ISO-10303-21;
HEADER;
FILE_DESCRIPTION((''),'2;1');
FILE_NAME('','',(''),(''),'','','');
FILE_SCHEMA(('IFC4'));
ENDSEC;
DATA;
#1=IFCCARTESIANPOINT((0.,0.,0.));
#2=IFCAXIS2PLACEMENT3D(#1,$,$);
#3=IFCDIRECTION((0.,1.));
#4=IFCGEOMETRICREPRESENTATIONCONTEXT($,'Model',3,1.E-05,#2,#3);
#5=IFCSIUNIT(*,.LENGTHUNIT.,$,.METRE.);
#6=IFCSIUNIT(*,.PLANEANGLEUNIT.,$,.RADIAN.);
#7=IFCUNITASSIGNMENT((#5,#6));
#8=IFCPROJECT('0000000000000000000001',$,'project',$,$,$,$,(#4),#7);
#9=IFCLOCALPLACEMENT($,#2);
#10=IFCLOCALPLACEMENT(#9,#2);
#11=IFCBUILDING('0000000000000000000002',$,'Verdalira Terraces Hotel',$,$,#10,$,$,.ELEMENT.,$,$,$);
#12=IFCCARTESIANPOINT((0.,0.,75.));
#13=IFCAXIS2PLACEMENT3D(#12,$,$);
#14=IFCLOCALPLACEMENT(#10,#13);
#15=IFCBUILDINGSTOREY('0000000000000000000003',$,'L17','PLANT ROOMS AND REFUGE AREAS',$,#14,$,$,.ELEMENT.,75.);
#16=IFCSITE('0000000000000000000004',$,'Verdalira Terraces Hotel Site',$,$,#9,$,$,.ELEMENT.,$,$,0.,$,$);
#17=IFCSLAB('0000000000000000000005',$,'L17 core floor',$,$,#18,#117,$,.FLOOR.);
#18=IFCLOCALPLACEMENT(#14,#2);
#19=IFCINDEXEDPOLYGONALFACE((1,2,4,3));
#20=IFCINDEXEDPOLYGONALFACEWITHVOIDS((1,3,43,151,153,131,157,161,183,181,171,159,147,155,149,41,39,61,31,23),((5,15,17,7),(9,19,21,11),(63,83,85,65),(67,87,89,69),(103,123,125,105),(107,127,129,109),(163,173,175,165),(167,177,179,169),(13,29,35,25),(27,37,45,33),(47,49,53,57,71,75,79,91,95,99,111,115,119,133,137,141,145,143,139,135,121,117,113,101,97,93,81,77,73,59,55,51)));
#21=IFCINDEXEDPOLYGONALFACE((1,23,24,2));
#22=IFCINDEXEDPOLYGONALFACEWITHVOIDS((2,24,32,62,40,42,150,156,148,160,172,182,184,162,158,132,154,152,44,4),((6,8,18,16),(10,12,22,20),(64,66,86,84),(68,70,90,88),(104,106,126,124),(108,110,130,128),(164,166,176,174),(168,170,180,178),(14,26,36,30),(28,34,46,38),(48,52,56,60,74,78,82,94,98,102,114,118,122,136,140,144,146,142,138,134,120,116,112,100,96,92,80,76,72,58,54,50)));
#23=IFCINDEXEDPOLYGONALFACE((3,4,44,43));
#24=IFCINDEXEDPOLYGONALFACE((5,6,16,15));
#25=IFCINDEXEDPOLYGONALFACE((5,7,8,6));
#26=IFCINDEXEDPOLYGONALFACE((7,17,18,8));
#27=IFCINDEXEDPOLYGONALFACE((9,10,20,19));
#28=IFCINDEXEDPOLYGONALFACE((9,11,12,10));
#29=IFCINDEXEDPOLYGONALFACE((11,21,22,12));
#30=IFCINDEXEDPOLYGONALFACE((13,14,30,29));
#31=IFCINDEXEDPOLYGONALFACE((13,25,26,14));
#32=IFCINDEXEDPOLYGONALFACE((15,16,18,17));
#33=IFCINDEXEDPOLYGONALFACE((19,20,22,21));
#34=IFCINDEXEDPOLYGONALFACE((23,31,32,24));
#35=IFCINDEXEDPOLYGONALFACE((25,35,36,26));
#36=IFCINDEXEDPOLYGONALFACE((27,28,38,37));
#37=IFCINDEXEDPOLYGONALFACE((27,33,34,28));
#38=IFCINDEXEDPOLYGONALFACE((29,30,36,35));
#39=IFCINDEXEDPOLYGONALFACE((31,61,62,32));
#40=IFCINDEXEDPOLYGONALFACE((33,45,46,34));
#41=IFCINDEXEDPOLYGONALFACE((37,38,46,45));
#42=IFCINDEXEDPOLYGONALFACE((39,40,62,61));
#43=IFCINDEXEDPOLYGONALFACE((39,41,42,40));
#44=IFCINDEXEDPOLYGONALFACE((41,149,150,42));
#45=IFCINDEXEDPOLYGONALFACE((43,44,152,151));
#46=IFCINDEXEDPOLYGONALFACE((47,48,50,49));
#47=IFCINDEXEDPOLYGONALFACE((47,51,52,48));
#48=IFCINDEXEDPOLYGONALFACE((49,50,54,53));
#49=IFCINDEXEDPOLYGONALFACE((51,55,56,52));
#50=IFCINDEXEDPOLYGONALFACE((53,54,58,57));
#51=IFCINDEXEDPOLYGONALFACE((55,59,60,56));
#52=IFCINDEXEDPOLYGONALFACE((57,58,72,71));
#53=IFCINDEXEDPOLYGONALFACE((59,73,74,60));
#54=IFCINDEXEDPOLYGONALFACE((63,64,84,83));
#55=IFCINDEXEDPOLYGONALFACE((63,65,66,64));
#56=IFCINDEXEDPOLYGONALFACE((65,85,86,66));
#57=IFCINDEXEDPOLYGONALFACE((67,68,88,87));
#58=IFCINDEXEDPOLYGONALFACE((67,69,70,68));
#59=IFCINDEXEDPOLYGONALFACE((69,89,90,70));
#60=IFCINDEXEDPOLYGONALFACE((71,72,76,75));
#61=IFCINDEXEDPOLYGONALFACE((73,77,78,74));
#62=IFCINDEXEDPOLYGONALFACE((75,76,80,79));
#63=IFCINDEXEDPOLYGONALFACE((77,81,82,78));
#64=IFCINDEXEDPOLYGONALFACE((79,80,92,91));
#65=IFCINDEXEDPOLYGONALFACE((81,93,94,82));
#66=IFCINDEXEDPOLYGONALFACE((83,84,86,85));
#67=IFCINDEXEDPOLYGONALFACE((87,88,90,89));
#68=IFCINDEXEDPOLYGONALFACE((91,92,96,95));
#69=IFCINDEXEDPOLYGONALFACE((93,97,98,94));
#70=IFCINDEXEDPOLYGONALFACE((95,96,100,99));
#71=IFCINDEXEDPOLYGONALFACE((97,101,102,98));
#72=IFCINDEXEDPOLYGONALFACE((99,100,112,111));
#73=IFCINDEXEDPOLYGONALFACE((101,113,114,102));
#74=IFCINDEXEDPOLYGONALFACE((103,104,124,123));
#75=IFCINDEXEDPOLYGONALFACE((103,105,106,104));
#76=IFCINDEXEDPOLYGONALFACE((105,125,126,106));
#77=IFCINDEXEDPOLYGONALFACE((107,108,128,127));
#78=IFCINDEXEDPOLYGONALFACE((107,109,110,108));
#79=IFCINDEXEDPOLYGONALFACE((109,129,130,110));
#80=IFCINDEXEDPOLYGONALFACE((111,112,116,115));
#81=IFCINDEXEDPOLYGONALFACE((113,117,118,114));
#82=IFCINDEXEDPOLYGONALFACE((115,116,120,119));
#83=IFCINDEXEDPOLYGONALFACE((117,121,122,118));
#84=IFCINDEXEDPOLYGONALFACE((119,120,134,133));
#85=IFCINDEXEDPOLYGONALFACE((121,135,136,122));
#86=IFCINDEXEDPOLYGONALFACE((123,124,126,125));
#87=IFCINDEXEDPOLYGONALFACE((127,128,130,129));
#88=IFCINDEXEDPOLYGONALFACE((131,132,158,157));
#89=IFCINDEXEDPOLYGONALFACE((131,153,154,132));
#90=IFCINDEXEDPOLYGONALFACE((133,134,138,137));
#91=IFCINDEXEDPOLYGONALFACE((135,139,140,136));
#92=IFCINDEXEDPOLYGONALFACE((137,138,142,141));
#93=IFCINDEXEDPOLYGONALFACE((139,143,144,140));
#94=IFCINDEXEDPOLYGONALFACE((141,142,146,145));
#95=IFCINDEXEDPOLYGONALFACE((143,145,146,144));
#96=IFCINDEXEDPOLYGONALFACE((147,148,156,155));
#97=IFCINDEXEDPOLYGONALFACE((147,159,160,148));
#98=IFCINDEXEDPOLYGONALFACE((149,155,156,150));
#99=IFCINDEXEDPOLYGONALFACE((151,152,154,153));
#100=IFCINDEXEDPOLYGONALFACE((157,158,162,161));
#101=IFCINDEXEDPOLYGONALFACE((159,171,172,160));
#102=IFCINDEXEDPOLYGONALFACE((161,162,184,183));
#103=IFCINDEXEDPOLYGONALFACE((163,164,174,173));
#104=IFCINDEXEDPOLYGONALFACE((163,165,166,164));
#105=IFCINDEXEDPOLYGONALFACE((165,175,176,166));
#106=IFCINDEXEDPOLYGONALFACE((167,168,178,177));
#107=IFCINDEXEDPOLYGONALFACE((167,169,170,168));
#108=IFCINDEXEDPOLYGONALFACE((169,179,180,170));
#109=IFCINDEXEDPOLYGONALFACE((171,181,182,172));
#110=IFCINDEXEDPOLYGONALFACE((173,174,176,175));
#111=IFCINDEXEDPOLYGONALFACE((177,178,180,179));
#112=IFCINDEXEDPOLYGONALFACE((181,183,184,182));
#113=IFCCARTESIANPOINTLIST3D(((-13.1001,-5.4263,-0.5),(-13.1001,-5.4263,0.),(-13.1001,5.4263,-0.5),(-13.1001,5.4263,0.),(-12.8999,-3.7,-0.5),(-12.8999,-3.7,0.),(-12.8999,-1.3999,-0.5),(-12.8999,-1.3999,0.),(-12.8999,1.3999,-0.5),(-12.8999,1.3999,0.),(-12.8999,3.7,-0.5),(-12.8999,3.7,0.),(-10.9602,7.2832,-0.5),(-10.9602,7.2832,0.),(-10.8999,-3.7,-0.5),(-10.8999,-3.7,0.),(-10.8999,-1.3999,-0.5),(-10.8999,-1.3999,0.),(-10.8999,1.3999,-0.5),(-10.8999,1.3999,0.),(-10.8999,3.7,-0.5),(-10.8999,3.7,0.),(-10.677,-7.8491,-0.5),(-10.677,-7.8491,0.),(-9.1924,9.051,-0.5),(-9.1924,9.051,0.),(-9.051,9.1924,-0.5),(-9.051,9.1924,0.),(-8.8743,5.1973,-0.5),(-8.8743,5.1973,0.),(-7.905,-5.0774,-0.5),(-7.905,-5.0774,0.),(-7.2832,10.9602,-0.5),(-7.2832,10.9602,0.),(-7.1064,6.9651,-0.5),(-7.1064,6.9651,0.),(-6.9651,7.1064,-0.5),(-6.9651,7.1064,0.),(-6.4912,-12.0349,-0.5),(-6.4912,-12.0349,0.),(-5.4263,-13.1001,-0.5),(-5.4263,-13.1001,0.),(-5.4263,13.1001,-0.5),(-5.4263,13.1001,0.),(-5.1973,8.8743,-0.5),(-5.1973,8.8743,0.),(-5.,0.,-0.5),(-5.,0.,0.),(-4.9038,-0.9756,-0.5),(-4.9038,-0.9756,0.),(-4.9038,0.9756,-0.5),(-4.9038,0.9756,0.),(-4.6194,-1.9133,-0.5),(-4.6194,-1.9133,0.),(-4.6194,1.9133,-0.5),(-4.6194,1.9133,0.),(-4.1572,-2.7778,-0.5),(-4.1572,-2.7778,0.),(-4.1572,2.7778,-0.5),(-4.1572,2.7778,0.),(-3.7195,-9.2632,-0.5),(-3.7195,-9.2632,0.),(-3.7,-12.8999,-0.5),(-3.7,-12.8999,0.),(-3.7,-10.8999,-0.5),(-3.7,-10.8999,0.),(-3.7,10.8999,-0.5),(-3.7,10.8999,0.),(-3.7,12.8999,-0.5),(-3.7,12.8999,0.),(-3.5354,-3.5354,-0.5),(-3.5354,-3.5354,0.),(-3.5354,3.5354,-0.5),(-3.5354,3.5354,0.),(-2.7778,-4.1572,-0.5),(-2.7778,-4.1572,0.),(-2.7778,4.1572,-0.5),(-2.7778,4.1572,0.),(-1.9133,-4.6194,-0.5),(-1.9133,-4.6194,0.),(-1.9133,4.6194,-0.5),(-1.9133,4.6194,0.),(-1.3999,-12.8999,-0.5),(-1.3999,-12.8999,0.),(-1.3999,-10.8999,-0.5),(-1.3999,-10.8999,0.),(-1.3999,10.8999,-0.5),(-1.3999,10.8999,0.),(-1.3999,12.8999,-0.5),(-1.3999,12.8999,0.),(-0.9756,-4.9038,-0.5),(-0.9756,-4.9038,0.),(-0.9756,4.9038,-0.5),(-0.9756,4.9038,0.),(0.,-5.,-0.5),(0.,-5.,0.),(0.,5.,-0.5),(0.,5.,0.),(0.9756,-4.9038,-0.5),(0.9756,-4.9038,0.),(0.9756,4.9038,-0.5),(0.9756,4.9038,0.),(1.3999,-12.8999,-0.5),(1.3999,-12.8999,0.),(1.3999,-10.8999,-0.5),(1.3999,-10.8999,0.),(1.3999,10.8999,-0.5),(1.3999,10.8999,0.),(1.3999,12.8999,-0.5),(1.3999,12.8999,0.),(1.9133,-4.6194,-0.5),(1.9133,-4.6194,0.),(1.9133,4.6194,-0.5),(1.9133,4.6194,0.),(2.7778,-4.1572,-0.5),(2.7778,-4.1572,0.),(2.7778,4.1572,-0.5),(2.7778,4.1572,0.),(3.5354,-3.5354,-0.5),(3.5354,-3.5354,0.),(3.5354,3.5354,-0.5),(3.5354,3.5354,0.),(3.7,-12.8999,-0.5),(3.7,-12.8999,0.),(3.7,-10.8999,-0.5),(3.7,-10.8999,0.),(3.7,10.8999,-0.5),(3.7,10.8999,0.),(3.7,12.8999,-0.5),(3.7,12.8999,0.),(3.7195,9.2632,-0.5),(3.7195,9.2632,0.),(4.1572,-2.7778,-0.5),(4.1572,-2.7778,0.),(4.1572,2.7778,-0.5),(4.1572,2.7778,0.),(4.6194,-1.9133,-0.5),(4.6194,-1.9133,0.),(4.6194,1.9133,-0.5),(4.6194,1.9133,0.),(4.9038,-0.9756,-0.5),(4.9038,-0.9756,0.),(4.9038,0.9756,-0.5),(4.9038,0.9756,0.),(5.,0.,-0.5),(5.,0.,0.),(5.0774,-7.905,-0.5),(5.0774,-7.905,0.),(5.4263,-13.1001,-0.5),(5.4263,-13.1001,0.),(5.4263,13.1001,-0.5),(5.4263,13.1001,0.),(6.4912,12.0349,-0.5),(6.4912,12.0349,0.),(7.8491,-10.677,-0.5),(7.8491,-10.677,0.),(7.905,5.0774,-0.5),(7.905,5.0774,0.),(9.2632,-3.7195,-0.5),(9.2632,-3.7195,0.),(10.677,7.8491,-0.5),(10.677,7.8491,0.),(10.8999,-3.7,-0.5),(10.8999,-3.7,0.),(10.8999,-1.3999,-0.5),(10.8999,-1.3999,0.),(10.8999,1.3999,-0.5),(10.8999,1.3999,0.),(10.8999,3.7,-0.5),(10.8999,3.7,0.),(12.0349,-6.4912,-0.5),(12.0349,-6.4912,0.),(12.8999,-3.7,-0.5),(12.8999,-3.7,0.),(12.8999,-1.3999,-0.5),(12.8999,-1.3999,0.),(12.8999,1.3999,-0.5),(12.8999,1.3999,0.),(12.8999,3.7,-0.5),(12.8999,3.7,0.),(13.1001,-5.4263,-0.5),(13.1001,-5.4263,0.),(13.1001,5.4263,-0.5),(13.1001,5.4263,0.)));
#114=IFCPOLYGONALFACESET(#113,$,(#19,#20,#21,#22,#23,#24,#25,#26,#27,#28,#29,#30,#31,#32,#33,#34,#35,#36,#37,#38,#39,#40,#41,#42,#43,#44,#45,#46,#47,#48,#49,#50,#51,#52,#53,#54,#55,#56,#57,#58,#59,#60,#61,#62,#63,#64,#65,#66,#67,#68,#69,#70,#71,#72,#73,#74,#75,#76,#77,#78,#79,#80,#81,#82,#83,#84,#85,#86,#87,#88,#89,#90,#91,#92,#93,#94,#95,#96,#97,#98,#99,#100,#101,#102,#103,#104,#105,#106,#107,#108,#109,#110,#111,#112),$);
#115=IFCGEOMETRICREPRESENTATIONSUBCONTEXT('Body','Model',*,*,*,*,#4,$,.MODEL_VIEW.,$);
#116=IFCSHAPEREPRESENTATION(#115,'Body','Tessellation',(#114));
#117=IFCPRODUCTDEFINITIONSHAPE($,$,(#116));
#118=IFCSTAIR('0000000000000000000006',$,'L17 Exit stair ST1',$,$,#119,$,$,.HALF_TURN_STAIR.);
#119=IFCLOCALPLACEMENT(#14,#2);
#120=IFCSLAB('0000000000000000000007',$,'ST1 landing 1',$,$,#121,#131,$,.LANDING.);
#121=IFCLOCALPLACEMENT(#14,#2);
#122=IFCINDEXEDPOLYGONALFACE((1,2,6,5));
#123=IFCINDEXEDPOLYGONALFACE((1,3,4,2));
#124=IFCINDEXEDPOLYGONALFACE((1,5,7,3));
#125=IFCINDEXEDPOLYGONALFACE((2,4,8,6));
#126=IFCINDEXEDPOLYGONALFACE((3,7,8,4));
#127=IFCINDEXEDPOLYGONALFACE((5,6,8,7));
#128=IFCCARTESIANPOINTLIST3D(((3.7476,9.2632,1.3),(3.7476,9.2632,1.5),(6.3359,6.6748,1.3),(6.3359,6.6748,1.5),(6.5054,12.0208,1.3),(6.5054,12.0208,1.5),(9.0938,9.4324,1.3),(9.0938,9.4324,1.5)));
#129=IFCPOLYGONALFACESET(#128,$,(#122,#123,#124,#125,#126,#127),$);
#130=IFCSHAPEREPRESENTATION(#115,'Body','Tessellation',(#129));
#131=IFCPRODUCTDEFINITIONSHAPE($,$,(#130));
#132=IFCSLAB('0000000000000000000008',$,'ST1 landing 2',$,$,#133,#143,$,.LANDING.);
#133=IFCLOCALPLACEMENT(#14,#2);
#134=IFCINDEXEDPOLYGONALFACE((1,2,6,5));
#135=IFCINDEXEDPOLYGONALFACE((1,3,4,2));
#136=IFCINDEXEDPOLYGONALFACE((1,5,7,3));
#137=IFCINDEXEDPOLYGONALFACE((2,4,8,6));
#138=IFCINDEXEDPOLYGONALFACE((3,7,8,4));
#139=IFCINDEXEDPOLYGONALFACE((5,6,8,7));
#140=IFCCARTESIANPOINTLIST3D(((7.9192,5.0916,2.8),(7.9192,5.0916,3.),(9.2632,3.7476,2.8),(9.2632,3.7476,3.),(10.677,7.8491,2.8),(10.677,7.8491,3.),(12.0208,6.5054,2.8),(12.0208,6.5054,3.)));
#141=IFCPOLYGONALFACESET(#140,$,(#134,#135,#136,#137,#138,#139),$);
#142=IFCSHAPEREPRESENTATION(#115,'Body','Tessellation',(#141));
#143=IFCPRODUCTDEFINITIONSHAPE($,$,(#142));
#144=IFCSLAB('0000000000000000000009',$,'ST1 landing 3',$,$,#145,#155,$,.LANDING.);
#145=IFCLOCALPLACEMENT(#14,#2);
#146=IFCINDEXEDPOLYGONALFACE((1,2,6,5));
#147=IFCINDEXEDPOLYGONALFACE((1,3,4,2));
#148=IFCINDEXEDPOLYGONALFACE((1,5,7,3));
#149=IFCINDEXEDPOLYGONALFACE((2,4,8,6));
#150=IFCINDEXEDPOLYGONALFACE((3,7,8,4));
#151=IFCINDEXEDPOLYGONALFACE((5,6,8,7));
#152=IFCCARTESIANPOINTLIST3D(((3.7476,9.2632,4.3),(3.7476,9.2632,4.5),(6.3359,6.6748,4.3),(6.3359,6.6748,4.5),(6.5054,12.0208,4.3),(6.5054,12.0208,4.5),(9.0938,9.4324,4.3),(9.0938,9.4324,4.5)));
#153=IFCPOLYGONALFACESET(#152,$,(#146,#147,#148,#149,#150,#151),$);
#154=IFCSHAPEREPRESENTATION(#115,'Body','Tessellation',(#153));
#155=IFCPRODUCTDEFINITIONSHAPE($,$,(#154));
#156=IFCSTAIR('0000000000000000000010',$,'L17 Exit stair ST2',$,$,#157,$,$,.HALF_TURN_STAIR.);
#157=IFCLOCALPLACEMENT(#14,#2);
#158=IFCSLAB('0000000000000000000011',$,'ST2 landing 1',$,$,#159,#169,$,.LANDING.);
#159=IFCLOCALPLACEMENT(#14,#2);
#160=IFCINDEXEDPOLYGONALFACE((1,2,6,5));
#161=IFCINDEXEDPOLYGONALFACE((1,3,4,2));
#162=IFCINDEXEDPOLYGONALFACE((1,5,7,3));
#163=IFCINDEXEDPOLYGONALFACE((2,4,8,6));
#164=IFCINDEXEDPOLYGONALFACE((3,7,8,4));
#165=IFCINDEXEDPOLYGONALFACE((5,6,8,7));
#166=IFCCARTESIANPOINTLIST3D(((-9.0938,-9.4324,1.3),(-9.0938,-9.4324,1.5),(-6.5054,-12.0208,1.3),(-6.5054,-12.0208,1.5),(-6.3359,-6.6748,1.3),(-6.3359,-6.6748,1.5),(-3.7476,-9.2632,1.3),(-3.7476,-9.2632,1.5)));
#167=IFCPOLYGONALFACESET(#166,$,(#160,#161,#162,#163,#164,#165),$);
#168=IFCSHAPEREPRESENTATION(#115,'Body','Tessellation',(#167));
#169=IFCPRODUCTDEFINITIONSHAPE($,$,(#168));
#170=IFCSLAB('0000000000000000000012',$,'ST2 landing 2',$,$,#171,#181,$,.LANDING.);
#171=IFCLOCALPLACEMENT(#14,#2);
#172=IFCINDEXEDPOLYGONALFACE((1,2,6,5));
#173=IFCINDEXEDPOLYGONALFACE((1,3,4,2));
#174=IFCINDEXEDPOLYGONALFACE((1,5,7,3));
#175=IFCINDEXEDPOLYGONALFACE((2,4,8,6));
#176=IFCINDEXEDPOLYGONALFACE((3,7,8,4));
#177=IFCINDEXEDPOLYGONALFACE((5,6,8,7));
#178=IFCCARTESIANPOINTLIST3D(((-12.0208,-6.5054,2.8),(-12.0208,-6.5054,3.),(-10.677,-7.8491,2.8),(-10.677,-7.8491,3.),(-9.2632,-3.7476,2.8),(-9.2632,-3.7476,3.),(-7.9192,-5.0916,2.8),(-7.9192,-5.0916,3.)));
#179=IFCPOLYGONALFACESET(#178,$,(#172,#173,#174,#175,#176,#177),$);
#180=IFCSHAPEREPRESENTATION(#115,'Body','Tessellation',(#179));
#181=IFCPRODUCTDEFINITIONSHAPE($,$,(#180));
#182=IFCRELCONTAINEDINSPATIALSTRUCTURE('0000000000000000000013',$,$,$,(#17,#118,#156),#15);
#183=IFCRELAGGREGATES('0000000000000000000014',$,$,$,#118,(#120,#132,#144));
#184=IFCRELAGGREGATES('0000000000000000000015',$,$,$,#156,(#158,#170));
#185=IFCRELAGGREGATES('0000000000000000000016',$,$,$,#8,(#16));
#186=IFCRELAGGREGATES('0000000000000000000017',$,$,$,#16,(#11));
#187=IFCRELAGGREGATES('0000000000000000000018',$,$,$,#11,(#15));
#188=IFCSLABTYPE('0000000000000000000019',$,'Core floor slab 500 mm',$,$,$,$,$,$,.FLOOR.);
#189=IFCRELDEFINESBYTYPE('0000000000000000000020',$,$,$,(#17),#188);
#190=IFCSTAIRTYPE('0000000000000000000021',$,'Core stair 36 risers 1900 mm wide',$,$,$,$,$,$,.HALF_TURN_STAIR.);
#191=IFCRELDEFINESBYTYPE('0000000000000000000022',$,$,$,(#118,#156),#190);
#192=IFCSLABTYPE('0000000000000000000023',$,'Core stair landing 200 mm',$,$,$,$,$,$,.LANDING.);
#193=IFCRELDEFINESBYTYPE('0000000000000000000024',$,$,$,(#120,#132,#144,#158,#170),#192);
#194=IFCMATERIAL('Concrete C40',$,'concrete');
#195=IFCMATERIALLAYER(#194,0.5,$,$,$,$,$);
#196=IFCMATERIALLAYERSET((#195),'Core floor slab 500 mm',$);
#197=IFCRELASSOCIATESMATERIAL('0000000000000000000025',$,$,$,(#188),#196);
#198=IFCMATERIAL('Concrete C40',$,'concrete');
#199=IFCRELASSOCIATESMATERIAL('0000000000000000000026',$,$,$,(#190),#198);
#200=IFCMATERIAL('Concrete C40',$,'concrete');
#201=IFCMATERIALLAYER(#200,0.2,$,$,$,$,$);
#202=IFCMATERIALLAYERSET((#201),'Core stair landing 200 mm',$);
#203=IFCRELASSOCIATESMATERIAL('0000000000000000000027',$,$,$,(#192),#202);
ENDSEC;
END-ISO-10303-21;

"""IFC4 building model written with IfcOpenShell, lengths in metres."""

from ifc_helpers import new_model, si_unit, direction, frame, origin, place, context, subcontext, project, spatial, polyline, outline, extrude, material, layer, layer_set, type_object, element, aggregate, save


model = new_model("IFC4")

# Units and contexts
model_context = context("Model", 3, precision=1e-05, world=origin(), true_north=direction((0.0, 1.0)))
body_context = subcontext(model_context, "Body", "Model", "MODEL_VIEW")
ifc_project = project(units=[si_unit("LENGTHUNIT", "METRE"), si_unit("PLANEANGLEUNIT", "RADIAN")], contexts=[model_context])

# Site, building, storey
site_placement = place(None, origin())
site = spatial("IfcSite", under=ifc_project, at=site_placement, Name="Verdalira Terraces Hotel Site", CompositionType="ELEMENT", RefElevation=0.0)
building_placement = place(site_placement, origin())
building = spatial("IfcBuilding", under=site, at=building_placement, Name="Verdalira Terraces Hotel", CompositionType="ELEMENT")
storey_placement = place(building_placement, frame((0.0, 0.0, 75.0)))
storey = spatial("IfcBuildingStorey", under=building, at=storey_placement, Name="L17", Description="PLANT ROOMS AND REFUGE AREAS", CompositionType="ELEMENT", Elevation=75.0)

# Slab
ifc_material_1 = material(Name="Concrete C40", Category="concrete")
ifc_layer_1 = layer(ifc_material_1, 0.5)
ifc_layer_set_1 = layer_set([ifc_layer_1], Name="Core floor slab 500 mm")
slab_type_1 = type_object("IfcSlabType", Name="Core floor slab 500 mm", PredefinedType="FLOOR", material=ifc_layer_set_1)
slab_1_placement = place(storey_placement, frame((0.0, 0.0, -0.5)))
element("IfcSlab", 1, at=slab_1_placement, inside=storey, type_object=slab_type_1, Name="L17 core floor", PredefinedType="FLOOR", context=body_context, shape_type="SweptSolid", body=[
    extrude(outline(polyline([(-5.4263, 13.1001), (5.4263, 13.1001), (6.4912, 12.0349), (3.7195, 9.2632), (7.905, 5.0774), (10.677, 7.8491), (13.1001, 5.4263), (13.1001, -5.4263), (12.0349, -6.4912), (9.2632, -3.7195), (5.0774, -7.905), (7.8491, -10.677), (5.4263, -13.1001), (-5.4263, -13.1001), (-6.4912, -12.0349), (-3.7195, -9.2632), (-7.905, -5.0774), (-10.677, -7.8491), (-13.1001, -5.4263), (-13.1001, 5.4263), (-5.4263, 13.1001)]), holes=[polyline([(12.8999, -3.7), (12.8999, -1.3999), (10.8999, -1.3999), (10.8999, -3.7), (12.8999, -3.7)]), polyline([(12.8999, 1.3999), (12.8999, 3.7), (10.8999, 3.7), (10.8999, 1.3999), (12.8999, 1.3999)]), polyline([(1.3999, 10.8999), (3.7, 10.8999), (3.7, 12.8999), (1.3999, 12.8999), (1.3999, 10.8999)]), polyline([(-3.7, 10.8999), (-1.3999, 10.8999), (-1.3999, 12.8999), (-3.7, 12.8999), (-3.7, 10.8999)]), polyline([(-12.8999, 3.7), (-12.8999, 1.3999), (-10.8999, 1.3999), (-10.8999, 3.7), (-12.8999, 3.7)]), polyline([(-12.8999, -1.3999), (-12.8999, -3.7), (-10.8999, -3.7), (-10.8999, -1.3999), (-12.8999, -1.3999)]), polyline([(-1.3999, -10.8999), (-3.7, -10.8999), (-3.7, -12.8999), (-1.3999, -12.8999), (-1.3999, -10.8999)]), polyline([(3.7, -10.8999), (1.3999, -10.8999), (1.3999, -12.8999), (3.7, -12.8999), (3.7, -10.8999)]), polyline([(-9.051, 9.1924), (-6.9651, 7.1064), (-5.1973, 8.8743), (-7.2832, 10.9602), (-9.051, 9.1924)]), polyline([(-9.1924, 9.051), (-10.9602, 7.2832), (-8.8743, 5.1973), (-7.1064, 6.9651), (-9.1924, 9.051)]), polyline([(3.5354, 3.5354), (2.7778, 4.1572), (1.9133, 4.6194), (0.9756, 4.9038), (0.0, 5.0), (-0.9756, 4.9038), (-1.9133, 4.6194), (-2.7778, 4.1572), (-3.5354, 3.5354), (-4.1572, 2.7778), (-4.6194, 1.9133), (-4.9038, 0.9756), (-5.0, 0.0), (-4.9038, -0.9756), (-4.6194, -1.9133), (-4.1572, -2.7778), (-3.5354, -3.5354), (-2.7778, -4.1572), (-1.9133, -4.6194), (-0.9756, -4.9038), (0.0, -5.0), (0.9756, -4.9038), (1.9133, -4.6194), (2.7778, -4.1572), (3.5354, -3.5354), (4.1572, -2.7778), (4.6194, -1.9133), (4.9038, -0.9756), (5.0, 0.0), (4.9038, 0.9756), (4.6194, 1.9133), (4.1572, 2.7778), (3.5354, 3.5354)])]), origin(), (0.0, 0.0, 1.0), 0.5),
])

# Stairs, slabs
ifc_material_2 = material(Name="Concrete C40", Category="concrete")
stair_type = type_object("IfcStairType", Name="Core stair 36 risers 1900 mm wide", PredefinedType="HALF_TURN_STAIR", material=ifc_material_2)
stair_1_placement = place(storey_placement, origin())
stair_1 = element("IfcStair", 2, at=stair_1_placement, inside=storey, type_object=stair_type, Name="L17 Exit stair ST1", PredefinedType="HALF_TURN_STAIR")
ifc_material_3 = material(Name="Concrete C40", Category="concrete")
ifc_layer_2 = layer(ifc_material_3, 0.2)
ifc_layer_set_2 = layer_set([ifc_layer_2], Name="Core stair landing 200 mm")
slab_type_2 = type_object("IfcSlabType", Name="Core stair landing 200 mm", PredefinedType="LANDING", material=ifc_layer_set_2)
slab_2_placement = place(storey_placement, frame((0.0, 0.0, 1.3)))
slab_2 = element("IfcSlab", 3, at=slab_2_placement, type_object=slab_type_2, Name="ST1 landing 1", PredefinedType="LANDING", context=body_context, shape_type="SweptSolid", body=[
    extrude(outline(polyline([(9.0938, 9.4324), (6.5054, 12.0208), (3.7476, 9.2632), (6.3359, 6.6748), (9.0938, 9.4324)])), origin(), (0.0, 0.0, 1.0), 0.2),
])
slab_3_placement = place(storey_placement, frame((0.0, 0.0, 2.8)))
slab_3 = element("IfcSlab", 4, at=slab_3_placement, type_object=slab_type_2, Name="ST1 landing 2", PredefinedType="LANDING", context=body_context, shape_type="SweptSolid", body=[
    extrude(outline(polyline([(12.0208, 6.5054), (10.677, 7.8491), (7.9192, 5.0916), (9.2632, 3.7476), (12.0208, 6.5054)])), origin(), (0.0, 0.0, 1.0), 0.2),
])
slab_4_placement = place(storey_placement, frame((0.0, 0.0, 4.3)))
slab_4 = element("IfcSlab", 5, at=slab_4_placement, type_object=slab_type_2, Name="ST1 landing 3", PredefinedType="LANDING", context=body_context, shape_type="SweptSolid", body=[
    extrude(outline(polyline([(9.0938, 9.4324), (6.5054, 12.0208), (3.7476, 9.2632), (6.3359, 6.6748), (9.0938, 9.4324)])), origin(), (0.0, 0.0, 1.0), 0.2),
])
aggregate(stair_1, [slab_2, slab_3, slab_4])
stair_2_placement = place(storey_placement, origin())
stair_2 = element("IfcStair", 6, at=stair_2_placement, inside=storey, type_object=stair_type, Name="L17 Exit stair ST2", PredefinedType="HALF_TURN_STAIR")
slab_5_placement = place(storey_placement, frame((0.0, 0.0, 1.3)))
slab_5 = element("IfcSlab", 7, at=slab_5_placement, type_object=slab_type_2, Name="ST2 landing 1", PredefinedType="LANDING", context=body_context, shape_type="SweptSolid", body=[
    extrude(outline(polyline([(-9.0938, -9.4324), (-6.5054, -12.0208), (-3.7476, -9.2632), (-6.3359, -6.6748), (-9.0938, -9.4324)])), origin(), (0.0, 0.0, 1.0), 0.2),
])
slab_6_placement = place(storey_placement, frame((0.0, 0.0, 2.8)))
slab_6 = element("IfcSlab", 8, at=slab_6_placement, type_object=slab_type_2, Name="ST2 landing 2", PredefinedType="LANDING", context=body_context, shape_type="SweptSolid", body=[
    extrude(outline(polyline([(-12.0208, -6.5054), (-10.677, -7.8491), (-7.9192, -5.0916), (-9.2632, -3.7476), (-12.0208, -6.5054)])), origin(), (0.0, 0.0, 1.0), 0.2),
])
aggregate(stair_2, [slab_5, slab_6])

save(model, "model.ifc")
